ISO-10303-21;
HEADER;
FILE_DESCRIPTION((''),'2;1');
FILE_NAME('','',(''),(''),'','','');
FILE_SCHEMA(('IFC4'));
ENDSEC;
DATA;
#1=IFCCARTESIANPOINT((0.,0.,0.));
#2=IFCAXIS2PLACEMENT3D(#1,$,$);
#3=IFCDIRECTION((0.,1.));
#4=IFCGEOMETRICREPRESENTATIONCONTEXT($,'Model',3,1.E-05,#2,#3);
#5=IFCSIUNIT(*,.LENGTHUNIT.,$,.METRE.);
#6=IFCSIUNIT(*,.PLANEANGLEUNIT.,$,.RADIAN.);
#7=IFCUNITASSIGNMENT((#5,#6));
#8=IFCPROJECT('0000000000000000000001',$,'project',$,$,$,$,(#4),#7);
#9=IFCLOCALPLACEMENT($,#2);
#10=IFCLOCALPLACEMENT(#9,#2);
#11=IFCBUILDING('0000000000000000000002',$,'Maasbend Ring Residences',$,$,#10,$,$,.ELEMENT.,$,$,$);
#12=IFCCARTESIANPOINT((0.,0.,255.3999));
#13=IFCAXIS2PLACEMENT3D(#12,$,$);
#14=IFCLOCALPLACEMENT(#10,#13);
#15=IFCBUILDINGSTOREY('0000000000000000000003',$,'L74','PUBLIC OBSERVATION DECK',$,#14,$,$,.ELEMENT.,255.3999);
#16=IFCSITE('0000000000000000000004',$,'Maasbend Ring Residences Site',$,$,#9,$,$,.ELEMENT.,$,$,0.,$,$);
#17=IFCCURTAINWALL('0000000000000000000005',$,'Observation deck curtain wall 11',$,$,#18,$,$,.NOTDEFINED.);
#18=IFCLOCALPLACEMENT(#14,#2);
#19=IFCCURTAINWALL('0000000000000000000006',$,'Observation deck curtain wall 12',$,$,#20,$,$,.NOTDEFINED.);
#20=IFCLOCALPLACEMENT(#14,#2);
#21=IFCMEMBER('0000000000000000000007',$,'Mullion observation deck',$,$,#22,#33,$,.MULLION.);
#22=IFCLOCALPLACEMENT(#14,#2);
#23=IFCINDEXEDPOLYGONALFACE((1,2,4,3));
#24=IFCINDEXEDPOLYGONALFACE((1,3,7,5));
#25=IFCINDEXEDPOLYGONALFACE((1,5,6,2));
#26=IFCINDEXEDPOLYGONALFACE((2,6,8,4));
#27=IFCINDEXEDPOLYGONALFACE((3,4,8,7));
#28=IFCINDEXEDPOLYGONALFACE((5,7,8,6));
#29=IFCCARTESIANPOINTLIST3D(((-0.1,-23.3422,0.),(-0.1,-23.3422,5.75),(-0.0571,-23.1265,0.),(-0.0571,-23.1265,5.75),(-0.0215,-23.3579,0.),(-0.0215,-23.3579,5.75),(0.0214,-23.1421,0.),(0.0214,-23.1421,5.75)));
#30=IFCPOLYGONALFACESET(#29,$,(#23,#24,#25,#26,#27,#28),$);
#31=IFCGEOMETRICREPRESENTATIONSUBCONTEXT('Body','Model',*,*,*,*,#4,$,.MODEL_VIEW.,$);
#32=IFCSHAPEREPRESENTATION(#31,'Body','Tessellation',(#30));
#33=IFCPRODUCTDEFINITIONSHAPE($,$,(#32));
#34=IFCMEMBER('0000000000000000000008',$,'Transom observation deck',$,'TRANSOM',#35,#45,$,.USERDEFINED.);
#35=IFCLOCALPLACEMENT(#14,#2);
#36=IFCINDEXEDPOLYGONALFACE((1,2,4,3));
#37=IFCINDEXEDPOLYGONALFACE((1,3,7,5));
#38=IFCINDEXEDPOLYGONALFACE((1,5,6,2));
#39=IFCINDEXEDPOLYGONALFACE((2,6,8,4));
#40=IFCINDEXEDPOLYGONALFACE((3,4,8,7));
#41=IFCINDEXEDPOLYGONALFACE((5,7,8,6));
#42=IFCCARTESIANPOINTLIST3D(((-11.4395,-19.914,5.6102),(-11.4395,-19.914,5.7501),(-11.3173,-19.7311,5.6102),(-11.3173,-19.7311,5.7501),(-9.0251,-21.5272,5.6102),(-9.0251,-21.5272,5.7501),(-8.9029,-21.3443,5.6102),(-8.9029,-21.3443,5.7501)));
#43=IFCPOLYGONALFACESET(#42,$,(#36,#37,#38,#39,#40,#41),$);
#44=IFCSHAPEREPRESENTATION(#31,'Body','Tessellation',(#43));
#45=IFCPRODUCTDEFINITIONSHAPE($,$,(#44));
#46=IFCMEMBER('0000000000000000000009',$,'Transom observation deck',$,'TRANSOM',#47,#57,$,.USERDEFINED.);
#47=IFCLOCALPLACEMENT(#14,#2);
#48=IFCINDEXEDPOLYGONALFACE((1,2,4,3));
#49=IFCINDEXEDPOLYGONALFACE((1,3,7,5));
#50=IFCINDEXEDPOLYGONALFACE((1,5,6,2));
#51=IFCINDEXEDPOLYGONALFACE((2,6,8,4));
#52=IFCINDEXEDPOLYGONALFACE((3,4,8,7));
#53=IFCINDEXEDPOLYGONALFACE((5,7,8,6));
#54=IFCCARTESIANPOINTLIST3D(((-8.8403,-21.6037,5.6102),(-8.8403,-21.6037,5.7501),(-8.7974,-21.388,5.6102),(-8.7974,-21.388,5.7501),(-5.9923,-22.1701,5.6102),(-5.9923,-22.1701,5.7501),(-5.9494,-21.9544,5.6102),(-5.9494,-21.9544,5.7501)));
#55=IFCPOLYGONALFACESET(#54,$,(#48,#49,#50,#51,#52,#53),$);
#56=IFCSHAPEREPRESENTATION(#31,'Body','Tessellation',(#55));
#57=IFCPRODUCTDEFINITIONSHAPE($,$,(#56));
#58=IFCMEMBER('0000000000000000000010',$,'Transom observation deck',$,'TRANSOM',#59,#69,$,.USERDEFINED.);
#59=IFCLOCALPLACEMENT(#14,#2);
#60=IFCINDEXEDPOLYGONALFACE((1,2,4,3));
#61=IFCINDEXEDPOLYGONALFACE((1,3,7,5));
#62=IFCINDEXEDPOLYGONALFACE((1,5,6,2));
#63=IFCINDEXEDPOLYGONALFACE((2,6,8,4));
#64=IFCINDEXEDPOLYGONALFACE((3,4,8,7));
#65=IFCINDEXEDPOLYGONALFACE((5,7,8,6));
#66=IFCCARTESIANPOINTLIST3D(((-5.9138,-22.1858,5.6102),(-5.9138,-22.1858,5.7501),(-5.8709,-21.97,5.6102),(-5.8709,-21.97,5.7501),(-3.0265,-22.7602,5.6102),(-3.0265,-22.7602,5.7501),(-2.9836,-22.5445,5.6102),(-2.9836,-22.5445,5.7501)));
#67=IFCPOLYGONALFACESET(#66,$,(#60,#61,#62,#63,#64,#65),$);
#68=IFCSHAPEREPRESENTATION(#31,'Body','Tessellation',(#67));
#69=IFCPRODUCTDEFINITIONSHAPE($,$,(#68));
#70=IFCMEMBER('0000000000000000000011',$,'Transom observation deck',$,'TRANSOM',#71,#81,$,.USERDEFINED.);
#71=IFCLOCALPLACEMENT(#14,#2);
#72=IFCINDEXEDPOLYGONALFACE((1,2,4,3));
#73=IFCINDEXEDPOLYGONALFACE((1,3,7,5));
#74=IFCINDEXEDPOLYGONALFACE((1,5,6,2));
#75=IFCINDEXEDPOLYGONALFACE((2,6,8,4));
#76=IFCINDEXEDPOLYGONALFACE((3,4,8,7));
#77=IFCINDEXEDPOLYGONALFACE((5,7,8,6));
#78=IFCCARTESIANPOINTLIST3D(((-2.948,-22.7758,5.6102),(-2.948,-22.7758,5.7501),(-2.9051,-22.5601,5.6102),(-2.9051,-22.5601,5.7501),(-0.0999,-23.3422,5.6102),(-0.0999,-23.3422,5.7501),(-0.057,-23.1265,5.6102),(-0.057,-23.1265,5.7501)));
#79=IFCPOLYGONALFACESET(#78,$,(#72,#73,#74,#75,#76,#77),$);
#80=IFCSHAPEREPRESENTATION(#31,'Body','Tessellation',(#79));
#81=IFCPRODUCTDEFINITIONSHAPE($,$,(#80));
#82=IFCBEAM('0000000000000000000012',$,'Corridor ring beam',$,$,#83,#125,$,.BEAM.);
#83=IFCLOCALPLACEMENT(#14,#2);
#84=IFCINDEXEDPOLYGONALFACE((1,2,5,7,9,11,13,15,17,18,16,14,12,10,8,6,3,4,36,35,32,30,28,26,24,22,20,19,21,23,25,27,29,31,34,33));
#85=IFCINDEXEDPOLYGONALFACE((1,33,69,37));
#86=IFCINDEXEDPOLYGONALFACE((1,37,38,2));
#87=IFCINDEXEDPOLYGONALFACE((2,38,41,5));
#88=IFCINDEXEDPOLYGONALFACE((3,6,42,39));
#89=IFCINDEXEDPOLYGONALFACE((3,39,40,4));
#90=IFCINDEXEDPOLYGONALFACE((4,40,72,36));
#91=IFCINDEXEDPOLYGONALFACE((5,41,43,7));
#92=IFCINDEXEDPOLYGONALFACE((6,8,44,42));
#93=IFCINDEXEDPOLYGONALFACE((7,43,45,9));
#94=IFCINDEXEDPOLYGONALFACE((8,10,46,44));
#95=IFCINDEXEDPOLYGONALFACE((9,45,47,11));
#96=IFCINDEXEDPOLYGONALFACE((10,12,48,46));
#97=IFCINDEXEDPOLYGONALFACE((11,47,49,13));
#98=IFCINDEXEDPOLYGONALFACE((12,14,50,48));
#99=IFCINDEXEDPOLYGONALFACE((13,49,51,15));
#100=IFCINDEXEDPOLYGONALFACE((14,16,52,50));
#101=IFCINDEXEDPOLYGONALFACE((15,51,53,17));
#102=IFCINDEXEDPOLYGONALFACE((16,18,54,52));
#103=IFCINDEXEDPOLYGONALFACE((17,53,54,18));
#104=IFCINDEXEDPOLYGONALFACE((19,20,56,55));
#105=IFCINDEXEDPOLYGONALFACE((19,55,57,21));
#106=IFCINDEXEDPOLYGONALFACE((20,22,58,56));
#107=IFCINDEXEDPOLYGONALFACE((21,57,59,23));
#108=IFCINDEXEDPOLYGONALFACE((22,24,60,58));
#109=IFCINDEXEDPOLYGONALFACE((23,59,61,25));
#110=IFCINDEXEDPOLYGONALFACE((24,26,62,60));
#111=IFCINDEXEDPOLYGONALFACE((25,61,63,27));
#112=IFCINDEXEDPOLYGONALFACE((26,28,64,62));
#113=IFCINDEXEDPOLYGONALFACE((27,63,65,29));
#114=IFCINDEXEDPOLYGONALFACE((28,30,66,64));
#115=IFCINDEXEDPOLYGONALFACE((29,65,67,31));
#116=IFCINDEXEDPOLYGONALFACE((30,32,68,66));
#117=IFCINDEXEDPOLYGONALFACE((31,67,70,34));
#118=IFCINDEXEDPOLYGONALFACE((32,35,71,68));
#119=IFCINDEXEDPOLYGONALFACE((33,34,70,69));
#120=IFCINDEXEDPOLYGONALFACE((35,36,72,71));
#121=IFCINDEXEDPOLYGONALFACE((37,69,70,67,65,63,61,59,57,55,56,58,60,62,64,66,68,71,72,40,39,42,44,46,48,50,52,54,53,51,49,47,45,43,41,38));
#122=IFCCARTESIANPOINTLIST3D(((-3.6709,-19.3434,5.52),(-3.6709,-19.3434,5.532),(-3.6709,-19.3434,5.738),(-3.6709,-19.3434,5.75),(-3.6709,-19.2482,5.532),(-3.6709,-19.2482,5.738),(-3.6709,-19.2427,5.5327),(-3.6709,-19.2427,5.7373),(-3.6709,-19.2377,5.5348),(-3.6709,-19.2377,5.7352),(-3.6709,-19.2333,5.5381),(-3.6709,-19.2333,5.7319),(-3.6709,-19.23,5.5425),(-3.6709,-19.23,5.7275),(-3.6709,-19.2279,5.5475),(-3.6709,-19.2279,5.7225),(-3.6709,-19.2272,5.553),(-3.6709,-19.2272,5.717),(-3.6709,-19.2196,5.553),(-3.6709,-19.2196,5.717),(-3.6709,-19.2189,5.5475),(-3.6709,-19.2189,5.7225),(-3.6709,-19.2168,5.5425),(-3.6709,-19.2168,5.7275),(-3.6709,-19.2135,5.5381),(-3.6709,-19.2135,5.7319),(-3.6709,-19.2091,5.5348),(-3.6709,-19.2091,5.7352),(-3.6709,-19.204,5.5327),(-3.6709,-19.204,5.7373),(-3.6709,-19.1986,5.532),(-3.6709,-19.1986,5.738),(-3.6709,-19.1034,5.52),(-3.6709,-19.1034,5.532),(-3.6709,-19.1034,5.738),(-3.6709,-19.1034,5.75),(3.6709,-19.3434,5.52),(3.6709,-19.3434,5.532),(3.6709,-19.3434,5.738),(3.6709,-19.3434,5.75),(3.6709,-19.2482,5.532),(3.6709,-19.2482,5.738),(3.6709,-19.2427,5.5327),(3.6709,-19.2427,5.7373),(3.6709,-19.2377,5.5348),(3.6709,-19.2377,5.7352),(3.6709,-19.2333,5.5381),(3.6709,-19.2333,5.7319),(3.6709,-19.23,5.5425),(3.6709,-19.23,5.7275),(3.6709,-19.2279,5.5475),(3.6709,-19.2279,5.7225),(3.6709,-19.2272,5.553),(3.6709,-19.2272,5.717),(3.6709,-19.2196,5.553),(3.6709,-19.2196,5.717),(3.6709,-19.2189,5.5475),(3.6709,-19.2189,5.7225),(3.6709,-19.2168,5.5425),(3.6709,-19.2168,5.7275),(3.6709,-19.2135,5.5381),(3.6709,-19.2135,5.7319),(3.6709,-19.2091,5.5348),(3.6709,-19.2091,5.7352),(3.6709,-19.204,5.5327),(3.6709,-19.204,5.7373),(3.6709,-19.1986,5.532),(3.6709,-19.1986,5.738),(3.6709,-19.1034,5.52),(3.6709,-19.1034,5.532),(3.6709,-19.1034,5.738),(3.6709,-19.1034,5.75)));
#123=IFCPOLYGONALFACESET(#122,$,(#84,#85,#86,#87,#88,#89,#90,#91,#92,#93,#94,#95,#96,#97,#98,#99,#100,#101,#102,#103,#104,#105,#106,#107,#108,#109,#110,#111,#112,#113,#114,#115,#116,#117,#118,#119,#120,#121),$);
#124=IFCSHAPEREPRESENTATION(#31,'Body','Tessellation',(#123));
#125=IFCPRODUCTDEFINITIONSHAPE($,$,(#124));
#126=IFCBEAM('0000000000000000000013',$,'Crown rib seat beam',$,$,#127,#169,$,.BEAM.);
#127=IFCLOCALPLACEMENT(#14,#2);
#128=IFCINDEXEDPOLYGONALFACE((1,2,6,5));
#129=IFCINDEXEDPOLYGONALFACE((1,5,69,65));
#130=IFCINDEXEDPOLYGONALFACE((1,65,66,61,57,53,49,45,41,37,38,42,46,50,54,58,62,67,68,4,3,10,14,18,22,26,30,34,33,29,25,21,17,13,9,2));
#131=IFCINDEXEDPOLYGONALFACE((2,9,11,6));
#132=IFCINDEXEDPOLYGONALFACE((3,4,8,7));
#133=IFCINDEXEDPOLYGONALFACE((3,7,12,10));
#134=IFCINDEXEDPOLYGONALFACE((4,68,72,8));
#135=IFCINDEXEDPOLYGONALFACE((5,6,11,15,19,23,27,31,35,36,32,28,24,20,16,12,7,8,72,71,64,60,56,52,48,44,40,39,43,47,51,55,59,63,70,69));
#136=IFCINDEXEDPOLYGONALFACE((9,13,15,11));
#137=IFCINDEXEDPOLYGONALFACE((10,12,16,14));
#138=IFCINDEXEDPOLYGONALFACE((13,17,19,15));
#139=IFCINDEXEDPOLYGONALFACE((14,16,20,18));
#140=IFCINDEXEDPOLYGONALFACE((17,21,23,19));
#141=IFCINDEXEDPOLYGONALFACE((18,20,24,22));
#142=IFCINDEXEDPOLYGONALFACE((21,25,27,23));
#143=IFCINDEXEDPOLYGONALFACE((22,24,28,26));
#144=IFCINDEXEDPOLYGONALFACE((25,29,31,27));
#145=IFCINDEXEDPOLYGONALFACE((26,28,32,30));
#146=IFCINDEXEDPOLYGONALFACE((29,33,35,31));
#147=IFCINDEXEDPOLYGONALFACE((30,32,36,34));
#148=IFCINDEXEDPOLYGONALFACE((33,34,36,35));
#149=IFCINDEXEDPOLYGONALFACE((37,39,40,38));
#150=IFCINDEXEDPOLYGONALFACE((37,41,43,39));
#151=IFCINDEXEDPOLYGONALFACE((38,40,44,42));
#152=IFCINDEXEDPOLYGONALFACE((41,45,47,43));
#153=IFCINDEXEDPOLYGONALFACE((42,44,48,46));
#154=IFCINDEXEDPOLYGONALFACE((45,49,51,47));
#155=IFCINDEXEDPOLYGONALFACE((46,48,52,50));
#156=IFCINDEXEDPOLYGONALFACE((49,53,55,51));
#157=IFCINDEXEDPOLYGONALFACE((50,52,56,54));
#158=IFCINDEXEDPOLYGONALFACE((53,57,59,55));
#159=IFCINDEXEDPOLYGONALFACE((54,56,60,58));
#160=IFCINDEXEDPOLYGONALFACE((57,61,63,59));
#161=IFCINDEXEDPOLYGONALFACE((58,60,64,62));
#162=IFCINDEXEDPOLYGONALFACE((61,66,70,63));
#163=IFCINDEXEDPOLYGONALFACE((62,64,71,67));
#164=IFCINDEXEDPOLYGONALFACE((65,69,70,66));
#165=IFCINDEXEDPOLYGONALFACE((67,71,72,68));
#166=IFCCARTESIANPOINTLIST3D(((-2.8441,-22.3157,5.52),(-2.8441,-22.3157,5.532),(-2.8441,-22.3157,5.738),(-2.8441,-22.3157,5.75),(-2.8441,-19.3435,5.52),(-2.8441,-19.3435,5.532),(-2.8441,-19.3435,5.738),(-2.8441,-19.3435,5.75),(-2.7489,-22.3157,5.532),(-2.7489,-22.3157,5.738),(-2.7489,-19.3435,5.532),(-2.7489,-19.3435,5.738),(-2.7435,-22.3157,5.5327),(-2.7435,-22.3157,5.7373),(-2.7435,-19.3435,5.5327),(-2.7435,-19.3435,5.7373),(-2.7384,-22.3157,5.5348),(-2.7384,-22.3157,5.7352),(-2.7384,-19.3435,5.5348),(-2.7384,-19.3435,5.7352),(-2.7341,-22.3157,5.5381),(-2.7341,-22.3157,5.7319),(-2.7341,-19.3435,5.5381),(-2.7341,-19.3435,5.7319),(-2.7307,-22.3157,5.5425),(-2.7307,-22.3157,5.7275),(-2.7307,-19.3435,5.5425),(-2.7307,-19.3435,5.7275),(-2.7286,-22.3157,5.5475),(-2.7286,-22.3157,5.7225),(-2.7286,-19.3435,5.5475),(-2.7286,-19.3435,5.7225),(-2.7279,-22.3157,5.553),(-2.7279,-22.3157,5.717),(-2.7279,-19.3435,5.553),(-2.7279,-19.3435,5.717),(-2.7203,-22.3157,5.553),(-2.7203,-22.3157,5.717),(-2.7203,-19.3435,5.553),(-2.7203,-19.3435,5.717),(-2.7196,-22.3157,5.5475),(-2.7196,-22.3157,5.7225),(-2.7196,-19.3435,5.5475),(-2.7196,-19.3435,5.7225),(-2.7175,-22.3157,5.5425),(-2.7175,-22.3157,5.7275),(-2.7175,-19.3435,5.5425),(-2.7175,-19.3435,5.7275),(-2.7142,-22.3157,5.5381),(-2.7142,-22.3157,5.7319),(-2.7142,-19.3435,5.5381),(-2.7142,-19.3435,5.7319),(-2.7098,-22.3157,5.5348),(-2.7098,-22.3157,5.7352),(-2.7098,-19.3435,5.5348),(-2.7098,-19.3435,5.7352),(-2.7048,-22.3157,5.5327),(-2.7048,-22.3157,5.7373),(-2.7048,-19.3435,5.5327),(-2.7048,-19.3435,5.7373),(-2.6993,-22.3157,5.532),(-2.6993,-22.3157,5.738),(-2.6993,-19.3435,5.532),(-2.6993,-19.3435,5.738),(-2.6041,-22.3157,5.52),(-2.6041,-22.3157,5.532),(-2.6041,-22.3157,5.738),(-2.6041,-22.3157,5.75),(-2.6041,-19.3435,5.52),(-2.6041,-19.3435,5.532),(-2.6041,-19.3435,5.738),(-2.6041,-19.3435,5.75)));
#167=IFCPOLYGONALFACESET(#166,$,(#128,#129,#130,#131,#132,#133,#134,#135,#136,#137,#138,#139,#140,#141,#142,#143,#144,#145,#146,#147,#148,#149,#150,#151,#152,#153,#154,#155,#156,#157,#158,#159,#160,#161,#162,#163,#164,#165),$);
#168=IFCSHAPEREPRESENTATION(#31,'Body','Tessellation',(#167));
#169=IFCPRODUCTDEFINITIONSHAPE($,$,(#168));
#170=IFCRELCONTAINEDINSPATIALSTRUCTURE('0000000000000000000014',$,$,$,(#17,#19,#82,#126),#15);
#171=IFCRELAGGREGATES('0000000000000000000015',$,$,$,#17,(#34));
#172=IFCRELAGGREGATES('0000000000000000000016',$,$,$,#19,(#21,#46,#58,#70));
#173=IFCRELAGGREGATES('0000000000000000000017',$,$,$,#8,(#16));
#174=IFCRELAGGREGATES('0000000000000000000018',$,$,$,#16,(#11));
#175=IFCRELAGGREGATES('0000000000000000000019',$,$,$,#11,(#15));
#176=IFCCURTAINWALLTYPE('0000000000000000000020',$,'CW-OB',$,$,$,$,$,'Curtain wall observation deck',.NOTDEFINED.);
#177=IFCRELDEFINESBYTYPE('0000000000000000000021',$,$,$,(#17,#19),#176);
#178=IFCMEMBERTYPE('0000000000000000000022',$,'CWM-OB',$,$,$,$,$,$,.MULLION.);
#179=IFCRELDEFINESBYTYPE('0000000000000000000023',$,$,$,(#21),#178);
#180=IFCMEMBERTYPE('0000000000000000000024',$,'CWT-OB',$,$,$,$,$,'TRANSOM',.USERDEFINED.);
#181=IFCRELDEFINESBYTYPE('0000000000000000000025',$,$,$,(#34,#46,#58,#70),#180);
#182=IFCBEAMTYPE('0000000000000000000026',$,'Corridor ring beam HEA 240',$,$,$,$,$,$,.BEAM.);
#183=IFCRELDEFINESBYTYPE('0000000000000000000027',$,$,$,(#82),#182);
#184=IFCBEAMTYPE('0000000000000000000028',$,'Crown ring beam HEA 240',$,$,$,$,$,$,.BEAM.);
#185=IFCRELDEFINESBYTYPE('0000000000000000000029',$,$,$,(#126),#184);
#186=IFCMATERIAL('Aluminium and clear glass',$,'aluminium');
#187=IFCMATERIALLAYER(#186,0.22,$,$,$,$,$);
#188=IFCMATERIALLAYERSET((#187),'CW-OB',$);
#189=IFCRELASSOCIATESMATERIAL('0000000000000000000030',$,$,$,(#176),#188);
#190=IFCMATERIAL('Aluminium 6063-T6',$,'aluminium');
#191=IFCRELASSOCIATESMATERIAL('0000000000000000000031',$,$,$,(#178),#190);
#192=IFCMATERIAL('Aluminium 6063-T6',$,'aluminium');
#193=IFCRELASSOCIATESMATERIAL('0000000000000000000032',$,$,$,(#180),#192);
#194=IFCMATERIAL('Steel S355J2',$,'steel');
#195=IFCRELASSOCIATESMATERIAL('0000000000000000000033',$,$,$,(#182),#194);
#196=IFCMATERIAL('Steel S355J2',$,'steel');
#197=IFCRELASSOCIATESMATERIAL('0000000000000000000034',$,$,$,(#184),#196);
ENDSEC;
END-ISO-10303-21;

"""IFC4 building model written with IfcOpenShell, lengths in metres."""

from ifc_helpers import new_model, si_unit, direction, frame, origin, origin_2d, place, context, subcontext, project, spatial, rectangle, i_section, extrude, material, layer, layer_set, material_profile, profile_set, type_object, element, aggregate, save


model = new_model("IFC4")

# Units and contexts
model_context = context("Model", 3, precision=1e-05, world=origin(), true_north=direction((0.0, 1.0)))
body_context = subcontext(model_context, "Body", "Model", "MODEL_VIEW")
ifc_project = project(units=[si_unit("LENGTHUNIT", "METRE"), si_unit("PLANEANGLEUNIT", "RADIAN")], contexts=[model_context])

# Site, building, storey
site_placement = place(None, origin())
site = spatial("IfcSite", under=ifc_project, at=site_placement, Name="Maasbend Ring Residences Site", CompositionType="ELEMENT", RefElevation=0.0)
building_placement = place(site_placement, origin())
building = spatial("IfcBuilding", under=site, at=building_placement, Name="Maasbend Ring Residences", CompositionType="ELEMENT")
storey_placement = place(building_placement, frame((0.0, 0.0, 255.3999)))
storey = spatial("IfcBuildingStorey", under=building, at=storey_placement, Name="L74", Description="PUBLIC OBSERVATION DECK", CompositionType="ELEMENT", Elevation=255.3999)

# Curtain walls, member
ifc_material_1 = material(Name="Aluminium and clear glass", Category="aluminium")
ifc_layer_1 = layer(ifc_material_1, 0.22)
ifc_layer_set_1 = layer_set([ifc_layer_1], Name="CW-OB")
curtain_wall_type = type_object("IfcCurtainWallType", Name="CW-OB", ElementType="Curtain wall observation deck", PredefinedType="NOTDEFINED", material=ifc_layer_set_1)
curtain_wall_1_placement = place(storey_placement, origin())
curtain_wall_1 = element("IfcCurtainWall", 1, at=curtain_wall_1_placement, inside=storey, type_object=curtain_wall_type, Name="Observation deck curtain wall 11", PredefinedType="NOTDEFINED")
ifc_material_2 = material(Name="Aluminium 6063-T6", Category="aluminium")
ifc_material_profile_1 = material_profile(ifc_material_2, rectangle(XDim=0.22, YDim=0.0801, at=origin_2d()), Name="AL 220x80")
ifc_profile_set_1 = profile_set([ifc_material_profile_1], Name="Aluminium 6063-T6")
member_type_1 = type_object("IfcMemberType", Name="CWM-OB", PredefinedType="MULLION", material=ifc_profile_set_1)
curtain_wall_2_placement = place(storey_placement, origin())
curtain_wall_2 = element("IfcCurtainWall", 2, at=curtain_wall_2_placement, inside=storey, type_object=curtain_wall_type, Name="Observation deck curtain wall 12", PredefinedType="NOTDEFINED")
member_1_placement = place(storey_placement, frame((-0.0393, -23.2422, 0.0), z_axis=(0.0, 0.0, 1.0), x_axis=(0.19509, 0.980785, 0.0)))
member_1 = element("IfcMember", 3, at=member_1_placement, type_object=member_type_1, Name="Mullion observation deck", PredefinedType="MULLION", context=body_context, shape_type="SweptSolid", body=[
    extrude(rectangle(XDim=0.22, YDim=0.0801, at=origin_2d()), origin(), (0.0, 0.0, 1.0), 5.75),
])

# Members
ifc_material_3 = material(Name="Aluminium 6063-T6", Category="aluminium")
ifc_material_profile_2 = material_profile(ifc_material_3, rectangle(XDim=0.22, YDim=0.1399, at=origin_2d()), Name="AL 220x140")
ifc_profile_set_2 = profile_set([ifc_material_profile_2], Name="Aluminium 6063-T6")
member_type_2 = type_object("IfcMemberType", Name="CWT-OB", ElementType="TRANSOM", PredefinedType="USERDEFINED", material=ifc_profile_set_2)
member_2_placement = place(storey_placement, frame((-11.3784, -19.8225, 5.6802), z_axis=(0.831481, -0.555554, 0.0), x_axis=(0.555554, 0.831481, 0.0)))
member_2 = element("IfcMember", 4, at=member_2_placement, type_object=member_type_2, Name="Transom observation deck", ObjectType="TRANSOM", PredefinedType="USERDEFINED", context=body_context, shape_type="SweptSolid", body=[
    extrude(rectangle(XDim=0.22, YDim=0.1399, at=origin_2d()), origin(), (0.0, 0.0, 1.0), 2.9038),
])
member_3_placement = place(storey_placement, frame((-8.8188, -21.4958, 5.6802), z_axis=(0.980794, -0.195049, 0.0), x_axis=(0.195049, 0.980794, 0.0)))
member_3 = element("IfcMember", 5, at=member_3_placement, type_object=member_type_2, Name="Transom observation deck", ObjectType="TRANSOM", PredefinedType="USERDEFINED", context=body_context, shape_type="SweptSolid", body=[
    extrude(rectangle(XDim=0.22, YDim=0.1399, at=origin_2d()), origin(), (0.0, 0.0, 1.0), 2.9038),
])
member_4_placement = place(storey_placement, frame((-5.8923, -22.0779, 5.6802), z_axis=(0.980775, -0.195143, 0.0), x_axis=(0.195143, 0.980775, 0.0)))
member_4 = element("IfcMember", 6, at=member_4_placement, type_object=member_type_2, Name="Transom observation deck", ObjectType="TRANSOM", PredefinedType="USERDEFINED", context=body_context, shape_type="SweptSolid", body=[
    extrude(rectangle(XDim=0.22, YDim=0.1399, at=origin_2d()), origin(), (0.0, 0.0, 1.0), 2.9438),
])
member_5_placement = place(storey_placement, frame((-2.9265, -22.668, 5.6802), z_axis=(0.980794, -0.195049, 0.0), x_axis=(0.195049, 0.980794, 0.0)))
member_5 = element("IfcMember", 7, at=member_5_placement, type_object=member_type_2, Name="Transom observation deck", ObjectType="TRANSOM", PredefinedType="USERDEFINED", context=body_context, shape_type="SweptSolid", body=[
    extrude(rectangle(XDim=0.22, YDim=0.1399, at=origin_2d()), origin(), (0.0, 0.0, 1.0), 2.9038),
])

# Beams
ifc_material_4 = material(Name="Steel S355J2", Category="steel")
ifc_material_profile_3 = material_profile(ifc_material_4, i_section(OverallWidth=0.24, OverallDepth=0.23, WebThickness=0.0076, FlangeThickness=0.012, FilletRadius=0.021, at=origin_2d()), Name="HEA 240")
ifc_profile_set_3 = profile_set([ifc_material_profile_3], Name="Steel S355J2")
beam_type_1 = type_object("IfcBeamType", Name="Corridor ring beam HEA 240", PredefinedType="BEAM", material=ifc_profile_set_3)
beam_1_placement = place(storey_placement, frame((-3.6709, -19.2234, 5.635), z_axis=(1.0, 0.0, 0.0), x_axis=(0.0, 1.0, 0.0)))
element("IfcBeam", 8, at=beam_1_placement, inside=storey, type_object=beam_type_1, Name="Corridor ring beam", PredefinedType="BEAM", context=body_context, shape_type="SweptSolid", body=[
    extrude(i_section(OverallWidth=0.24, OverallDepth=0.23, WebThickness=0.0076, FlangeThickness=0.012, FilletRadius=0.021, at=origin_2d()), origin(), (0.0, 0.0, 1.0), 7.3418),
])
ifc_material_5 = material(Name="Steel S355J2", Category="steel")
ifc_material_profile_4 = material_profile(ifc_material_5, i_section(OverallWidth=0.24, OverallDepth=0.23, WebThickness=0.0076, FlangeThickness=0.012, FilletRadius=0.021, at=origin_2d()), Name="HEA 240")
ifc_profile_set_4 = profile_set([ifc_material_profile_4], Name="Steel S355J2")
beam_type_2 = type_object("IfcBeamType", Name="Crown ring beam HEA 240", PredefinedType="BEAM", material=ifc_profile_set_4)
beam_2_placement = place(storey_placement, frame((-2.7241, -19.3435, 5.635), z_axis=(0.0, -1.0, 0.0), x_axis=(1.0, 0.0, 0.0)))
element("IfcBeam", 9, at=beam_2_placement, inside=storey, type_object=beam_type_2, Name="Crown rib seat beam", PredefinedType="BEAM", context=body_context, shape_type="SweptSolid", body=[
    extrude(i_section(OverallWidth=0.24, OverallDepth=0.23, WebThickness=0.0076, FlangeThickness=0.012, FilletRadius=0.021, at=origin_2d()), origin(), (0.0, 0.0, 1.0), 2.9722),
])

aggregate(curtain_wall_1, [member_2])
aggregate(curtain_wall_2, [member_1, member_3, member_4, member_5])

save(model, "model.ifc")
